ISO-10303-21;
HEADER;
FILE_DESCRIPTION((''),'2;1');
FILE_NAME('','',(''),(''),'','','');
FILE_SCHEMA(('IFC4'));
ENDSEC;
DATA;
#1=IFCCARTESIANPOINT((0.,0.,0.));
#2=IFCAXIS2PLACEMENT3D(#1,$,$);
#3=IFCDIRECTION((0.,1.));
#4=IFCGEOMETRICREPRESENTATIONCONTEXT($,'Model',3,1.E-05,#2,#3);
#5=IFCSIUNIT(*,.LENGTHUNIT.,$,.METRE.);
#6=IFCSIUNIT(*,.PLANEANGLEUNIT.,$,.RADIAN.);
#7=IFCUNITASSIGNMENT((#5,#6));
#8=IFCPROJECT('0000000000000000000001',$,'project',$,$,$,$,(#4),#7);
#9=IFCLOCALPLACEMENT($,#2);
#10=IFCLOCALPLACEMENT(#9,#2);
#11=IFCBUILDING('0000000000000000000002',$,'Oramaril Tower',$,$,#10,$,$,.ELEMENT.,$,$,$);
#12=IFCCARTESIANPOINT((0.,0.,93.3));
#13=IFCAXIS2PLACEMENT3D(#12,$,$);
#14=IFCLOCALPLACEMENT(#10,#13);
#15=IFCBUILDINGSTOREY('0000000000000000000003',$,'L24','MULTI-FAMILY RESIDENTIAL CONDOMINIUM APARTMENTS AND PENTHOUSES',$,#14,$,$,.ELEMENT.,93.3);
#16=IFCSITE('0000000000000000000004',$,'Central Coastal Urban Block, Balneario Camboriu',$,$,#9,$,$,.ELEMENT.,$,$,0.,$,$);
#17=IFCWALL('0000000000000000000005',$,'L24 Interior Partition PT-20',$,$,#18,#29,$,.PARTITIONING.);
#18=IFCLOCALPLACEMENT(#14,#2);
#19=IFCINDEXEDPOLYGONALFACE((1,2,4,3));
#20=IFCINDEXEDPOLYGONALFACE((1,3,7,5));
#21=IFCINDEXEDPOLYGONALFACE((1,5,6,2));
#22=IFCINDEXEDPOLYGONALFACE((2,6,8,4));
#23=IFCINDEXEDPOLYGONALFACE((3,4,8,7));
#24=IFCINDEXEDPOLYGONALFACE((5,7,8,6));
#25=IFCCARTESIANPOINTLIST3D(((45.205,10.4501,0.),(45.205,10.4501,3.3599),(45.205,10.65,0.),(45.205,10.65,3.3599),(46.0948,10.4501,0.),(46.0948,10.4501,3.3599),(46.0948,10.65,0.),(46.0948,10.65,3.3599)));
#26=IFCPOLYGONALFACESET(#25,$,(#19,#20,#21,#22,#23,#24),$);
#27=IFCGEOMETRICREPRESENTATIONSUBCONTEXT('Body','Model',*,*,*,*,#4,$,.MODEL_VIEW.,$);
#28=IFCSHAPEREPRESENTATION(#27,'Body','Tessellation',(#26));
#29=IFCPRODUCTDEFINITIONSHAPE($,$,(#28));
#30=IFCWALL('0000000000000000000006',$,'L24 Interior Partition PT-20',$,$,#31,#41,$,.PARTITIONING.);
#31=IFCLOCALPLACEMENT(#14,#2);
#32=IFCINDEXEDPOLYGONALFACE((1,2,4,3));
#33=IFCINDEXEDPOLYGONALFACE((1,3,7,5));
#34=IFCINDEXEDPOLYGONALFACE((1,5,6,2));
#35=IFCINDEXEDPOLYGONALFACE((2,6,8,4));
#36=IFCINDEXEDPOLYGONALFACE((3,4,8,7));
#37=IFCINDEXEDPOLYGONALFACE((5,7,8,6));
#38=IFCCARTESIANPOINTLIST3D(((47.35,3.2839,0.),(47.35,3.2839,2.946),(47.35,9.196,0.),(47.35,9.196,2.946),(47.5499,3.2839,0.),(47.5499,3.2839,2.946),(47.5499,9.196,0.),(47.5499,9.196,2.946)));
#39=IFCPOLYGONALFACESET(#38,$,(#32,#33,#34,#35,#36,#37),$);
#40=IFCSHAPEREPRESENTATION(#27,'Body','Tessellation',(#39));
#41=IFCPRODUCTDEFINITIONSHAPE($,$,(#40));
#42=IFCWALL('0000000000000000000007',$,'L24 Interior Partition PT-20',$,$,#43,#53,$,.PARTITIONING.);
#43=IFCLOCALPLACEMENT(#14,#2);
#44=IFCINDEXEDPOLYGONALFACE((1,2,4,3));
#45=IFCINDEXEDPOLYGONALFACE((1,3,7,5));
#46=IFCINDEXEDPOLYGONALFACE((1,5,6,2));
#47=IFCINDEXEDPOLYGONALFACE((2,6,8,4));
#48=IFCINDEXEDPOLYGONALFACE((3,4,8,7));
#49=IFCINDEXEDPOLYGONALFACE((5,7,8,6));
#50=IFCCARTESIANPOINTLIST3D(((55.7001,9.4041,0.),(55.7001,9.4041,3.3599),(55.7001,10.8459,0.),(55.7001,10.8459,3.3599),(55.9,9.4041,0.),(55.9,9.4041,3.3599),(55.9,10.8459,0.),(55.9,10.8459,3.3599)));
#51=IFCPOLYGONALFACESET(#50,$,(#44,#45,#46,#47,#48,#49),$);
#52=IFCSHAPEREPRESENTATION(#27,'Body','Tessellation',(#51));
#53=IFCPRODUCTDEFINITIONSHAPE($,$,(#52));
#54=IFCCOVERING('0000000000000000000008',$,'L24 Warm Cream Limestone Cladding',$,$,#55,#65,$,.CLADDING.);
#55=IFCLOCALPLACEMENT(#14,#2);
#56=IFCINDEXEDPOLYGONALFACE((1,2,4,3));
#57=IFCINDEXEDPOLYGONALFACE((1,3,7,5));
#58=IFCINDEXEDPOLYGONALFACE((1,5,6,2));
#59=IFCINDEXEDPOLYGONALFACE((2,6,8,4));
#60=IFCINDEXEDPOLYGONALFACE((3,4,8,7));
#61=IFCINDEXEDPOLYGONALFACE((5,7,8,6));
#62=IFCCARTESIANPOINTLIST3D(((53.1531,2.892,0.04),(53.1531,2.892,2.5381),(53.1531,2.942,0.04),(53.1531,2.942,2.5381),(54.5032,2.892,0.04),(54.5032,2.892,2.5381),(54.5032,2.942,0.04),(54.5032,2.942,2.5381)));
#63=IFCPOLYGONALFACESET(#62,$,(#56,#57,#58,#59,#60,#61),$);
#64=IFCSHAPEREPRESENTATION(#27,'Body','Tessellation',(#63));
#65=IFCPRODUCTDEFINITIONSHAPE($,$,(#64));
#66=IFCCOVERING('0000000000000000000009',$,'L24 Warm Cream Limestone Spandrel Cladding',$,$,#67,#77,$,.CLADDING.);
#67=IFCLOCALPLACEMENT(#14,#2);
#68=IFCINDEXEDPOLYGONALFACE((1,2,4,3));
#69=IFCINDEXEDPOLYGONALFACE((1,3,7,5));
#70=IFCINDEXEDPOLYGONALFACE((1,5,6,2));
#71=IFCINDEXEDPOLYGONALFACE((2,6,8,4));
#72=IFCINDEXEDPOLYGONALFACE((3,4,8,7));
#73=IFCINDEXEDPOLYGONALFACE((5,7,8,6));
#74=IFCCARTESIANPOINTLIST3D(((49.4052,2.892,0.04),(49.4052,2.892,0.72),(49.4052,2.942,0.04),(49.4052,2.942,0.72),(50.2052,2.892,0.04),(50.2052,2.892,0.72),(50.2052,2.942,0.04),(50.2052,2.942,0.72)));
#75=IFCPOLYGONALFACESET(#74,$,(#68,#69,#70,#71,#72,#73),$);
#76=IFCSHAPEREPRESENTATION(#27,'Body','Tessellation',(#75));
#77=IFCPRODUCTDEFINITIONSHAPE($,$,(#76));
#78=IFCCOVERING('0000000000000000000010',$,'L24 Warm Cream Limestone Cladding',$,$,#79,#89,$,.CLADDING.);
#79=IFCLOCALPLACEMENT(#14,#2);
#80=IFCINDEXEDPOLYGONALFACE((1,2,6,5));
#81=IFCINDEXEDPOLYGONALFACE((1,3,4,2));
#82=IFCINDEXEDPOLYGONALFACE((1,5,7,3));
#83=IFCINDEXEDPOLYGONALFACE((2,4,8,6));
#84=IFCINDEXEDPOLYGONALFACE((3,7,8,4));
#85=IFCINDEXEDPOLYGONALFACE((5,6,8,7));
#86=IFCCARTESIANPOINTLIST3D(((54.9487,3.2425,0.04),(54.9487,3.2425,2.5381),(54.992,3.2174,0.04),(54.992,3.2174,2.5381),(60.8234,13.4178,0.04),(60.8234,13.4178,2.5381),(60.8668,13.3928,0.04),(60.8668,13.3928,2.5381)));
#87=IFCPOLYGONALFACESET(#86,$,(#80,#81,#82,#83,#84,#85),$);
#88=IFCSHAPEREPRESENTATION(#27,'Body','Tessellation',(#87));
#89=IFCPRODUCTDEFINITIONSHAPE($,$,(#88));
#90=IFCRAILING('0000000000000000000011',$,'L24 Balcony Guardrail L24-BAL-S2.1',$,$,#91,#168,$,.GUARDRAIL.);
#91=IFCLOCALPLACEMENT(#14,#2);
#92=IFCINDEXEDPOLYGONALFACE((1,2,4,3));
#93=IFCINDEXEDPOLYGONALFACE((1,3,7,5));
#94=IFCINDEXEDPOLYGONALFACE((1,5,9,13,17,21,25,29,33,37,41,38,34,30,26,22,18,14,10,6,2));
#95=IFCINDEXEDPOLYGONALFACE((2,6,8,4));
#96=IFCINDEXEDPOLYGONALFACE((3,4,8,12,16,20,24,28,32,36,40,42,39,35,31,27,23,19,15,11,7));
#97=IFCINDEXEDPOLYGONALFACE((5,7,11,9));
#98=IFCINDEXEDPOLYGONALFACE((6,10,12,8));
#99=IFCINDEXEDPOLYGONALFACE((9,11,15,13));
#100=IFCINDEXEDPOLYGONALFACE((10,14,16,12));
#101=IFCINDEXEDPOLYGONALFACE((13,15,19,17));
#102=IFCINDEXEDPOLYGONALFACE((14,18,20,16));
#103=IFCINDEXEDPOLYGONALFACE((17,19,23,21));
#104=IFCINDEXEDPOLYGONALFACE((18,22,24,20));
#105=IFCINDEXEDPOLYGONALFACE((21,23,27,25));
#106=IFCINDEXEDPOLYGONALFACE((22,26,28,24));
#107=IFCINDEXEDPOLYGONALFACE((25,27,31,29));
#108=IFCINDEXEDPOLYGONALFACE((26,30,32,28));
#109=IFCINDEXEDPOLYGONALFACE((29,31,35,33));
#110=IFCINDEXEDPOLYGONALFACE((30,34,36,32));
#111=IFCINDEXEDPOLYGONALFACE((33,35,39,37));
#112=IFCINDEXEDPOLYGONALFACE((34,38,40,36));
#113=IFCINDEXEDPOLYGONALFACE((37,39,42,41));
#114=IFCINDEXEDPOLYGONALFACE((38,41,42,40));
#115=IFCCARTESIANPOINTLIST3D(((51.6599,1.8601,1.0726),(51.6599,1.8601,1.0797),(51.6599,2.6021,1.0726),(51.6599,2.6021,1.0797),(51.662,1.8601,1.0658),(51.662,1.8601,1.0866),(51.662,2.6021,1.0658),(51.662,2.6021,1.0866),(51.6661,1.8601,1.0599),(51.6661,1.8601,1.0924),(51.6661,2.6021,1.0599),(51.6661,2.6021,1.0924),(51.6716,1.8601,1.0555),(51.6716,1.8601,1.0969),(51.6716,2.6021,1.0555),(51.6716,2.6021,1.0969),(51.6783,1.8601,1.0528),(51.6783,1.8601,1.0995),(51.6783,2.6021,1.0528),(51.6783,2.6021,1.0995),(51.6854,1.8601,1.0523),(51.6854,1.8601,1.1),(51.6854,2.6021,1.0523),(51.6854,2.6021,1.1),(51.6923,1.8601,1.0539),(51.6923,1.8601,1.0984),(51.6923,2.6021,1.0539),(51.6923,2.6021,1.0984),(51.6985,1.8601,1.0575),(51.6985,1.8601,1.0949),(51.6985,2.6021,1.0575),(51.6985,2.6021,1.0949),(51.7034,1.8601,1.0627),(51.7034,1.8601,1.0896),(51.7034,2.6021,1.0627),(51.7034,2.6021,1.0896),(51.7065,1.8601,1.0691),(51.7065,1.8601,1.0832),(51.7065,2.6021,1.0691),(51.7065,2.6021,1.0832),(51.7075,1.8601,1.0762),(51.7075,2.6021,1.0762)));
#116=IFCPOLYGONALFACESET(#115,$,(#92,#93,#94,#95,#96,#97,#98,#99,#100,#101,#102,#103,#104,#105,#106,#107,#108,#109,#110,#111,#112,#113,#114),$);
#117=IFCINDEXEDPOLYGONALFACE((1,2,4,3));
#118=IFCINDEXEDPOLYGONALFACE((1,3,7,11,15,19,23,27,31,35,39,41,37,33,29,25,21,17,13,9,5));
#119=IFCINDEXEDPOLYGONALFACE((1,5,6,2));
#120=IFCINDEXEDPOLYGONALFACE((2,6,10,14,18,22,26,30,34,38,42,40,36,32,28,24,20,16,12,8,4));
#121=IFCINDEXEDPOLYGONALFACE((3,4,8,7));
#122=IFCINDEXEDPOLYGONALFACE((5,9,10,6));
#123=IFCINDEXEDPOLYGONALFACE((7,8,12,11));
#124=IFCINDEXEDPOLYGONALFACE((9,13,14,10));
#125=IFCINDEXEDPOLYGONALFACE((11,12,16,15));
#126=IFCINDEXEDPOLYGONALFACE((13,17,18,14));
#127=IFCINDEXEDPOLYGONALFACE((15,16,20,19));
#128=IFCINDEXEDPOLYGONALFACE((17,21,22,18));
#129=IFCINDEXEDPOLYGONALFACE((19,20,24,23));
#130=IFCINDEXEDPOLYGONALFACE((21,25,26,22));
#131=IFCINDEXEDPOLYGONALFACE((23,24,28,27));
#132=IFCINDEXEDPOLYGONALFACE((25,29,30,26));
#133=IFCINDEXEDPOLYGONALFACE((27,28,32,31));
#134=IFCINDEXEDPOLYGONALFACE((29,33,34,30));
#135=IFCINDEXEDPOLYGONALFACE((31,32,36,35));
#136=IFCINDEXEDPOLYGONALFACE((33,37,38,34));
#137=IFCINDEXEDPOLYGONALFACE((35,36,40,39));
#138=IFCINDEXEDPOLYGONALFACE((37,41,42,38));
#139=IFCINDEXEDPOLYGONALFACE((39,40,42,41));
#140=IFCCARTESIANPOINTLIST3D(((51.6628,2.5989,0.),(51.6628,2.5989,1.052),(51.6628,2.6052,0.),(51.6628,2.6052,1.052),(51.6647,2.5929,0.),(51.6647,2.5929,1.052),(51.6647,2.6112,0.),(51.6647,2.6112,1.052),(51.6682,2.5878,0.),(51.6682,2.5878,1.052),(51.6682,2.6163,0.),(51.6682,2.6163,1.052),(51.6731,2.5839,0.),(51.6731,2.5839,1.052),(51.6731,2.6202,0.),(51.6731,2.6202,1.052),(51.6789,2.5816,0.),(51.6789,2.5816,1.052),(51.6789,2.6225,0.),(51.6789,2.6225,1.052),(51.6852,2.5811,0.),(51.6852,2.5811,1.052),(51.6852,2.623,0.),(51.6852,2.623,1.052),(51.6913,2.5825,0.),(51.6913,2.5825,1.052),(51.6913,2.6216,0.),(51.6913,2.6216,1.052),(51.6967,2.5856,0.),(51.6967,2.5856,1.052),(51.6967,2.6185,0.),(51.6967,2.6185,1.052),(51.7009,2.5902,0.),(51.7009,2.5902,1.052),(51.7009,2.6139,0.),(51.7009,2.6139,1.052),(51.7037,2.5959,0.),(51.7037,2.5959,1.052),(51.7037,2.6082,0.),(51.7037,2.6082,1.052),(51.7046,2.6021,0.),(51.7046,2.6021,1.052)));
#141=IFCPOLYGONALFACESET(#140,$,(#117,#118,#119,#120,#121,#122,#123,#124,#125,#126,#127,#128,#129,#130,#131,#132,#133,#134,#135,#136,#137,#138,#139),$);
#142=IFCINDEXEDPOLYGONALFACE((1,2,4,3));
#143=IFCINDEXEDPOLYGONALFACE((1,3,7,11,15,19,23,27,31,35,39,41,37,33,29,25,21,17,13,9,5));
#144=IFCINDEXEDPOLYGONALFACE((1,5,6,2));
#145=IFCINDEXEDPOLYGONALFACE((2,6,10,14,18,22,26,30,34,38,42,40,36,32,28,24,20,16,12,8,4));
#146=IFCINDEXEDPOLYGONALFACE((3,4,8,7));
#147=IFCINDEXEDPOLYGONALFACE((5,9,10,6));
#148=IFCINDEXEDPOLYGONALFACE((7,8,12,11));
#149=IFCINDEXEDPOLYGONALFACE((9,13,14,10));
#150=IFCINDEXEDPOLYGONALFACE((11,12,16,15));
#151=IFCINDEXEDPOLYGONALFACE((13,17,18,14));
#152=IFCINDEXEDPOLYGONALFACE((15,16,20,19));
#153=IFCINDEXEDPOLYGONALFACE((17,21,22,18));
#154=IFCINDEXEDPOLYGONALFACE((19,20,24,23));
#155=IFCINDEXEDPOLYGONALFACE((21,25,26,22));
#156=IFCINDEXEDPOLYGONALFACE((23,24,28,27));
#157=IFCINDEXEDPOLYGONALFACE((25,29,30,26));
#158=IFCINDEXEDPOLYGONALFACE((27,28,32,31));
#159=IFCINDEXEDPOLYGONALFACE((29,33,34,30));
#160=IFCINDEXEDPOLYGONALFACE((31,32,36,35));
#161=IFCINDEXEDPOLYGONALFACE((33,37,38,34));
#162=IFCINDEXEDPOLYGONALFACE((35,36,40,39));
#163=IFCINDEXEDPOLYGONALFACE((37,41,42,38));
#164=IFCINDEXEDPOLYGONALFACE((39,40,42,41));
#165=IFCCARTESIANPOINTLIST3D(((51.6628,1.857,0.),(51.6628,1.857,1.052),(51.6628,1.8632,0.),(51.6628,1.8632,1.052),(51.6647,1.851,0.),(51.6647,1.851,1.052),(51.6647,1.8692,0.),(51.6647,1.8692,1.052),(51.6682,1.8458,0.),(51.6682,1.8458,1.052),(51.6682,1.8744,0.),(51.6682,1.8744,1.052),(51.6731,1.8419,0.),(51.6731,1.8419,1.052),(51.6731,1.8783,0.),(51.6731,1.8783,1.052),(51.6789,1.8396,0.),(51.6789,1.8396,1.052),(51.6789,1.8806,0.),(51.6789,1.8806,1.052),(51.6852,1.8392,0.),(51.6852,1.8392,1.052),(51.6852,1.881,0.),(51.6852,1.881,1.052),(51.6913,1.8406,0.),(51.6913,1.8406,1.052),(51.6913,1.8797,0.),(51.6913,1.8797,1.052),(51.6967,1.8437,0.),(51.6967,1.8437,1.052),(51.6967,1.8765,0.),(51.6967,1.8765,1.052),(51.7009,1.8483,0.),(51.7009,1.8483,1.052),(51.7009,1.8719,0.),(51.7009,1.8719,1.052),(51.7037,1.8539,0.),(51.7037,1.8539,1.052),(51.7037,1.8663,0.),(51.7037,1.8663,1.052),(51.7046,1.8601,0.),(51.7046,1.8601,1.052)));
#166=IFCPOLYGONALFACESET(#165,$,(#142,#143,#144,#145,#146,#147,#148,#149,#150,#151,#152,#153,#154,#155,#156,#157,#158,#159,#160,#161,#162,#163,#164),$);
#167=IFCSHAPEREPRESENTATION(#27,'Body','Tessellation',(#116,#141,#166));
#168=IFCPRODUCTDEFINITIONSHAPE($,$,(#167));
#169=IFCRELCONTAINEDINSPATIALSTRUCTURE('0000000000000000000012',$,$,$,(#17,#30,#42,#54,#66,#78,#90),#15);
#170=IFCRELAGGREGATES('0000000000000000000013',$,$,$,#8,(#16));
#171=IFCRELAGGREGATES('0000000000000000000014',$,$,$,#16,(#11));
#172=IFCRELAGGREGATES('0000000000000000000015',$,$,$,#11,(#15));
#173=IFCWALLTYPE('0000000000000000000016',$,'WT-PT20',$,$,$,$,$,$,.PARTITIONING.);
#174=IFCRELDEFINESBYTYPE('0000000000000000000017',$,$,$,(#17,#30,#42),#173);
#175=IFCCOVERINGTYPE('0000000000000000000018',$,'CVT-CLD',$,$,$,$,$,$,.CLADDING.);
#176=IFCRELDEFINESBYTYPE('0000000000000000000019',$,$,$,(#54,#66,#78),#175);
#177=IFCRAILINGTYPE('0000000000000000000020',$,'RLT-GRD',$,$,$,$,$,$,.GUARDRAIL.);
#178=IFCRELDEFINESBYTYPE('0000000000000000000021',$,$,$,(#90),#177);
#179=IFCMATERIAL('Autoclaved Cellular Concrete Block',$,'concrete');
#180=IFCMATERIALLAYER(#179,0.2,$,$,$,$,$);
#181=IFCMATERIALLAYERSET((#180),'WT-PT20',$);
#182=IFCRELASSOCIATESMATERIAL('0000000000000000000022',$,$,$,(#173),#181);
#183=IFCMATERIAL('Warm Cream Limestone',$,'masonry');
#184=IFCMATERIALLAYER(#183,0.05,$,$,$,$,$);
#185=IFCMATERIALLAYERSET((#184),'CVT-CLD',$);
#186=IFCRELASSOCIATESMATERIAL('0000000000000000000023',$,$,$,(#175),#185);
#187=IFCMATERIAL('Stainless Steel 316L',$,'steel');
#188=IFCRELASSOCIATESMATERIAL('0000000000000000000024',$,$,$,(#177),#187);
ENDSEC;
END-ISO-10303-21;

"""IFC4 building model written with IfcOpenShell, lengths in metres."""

from ifc_helpers import new_model, si_unit, direction, frame, frame_2d, origin, origin_2d, place, context, subcontext, project, spatial, rectangle, circle, extrude, material, layer, layer_set, type_object, element, save


model = new_model("IFC4")

# Units and contexts
model_context = context("Model", 3, precision=1e-05, world=origin(), true_north=direction((0.0, 1.0)))
body_context = subcontext(model_context, "Body", "Model", "MODEL_VIEW")
ifc_project = project(units=[si_unit("LENGTHUNIT", "METRE"), si_unit("PLANEANGLEUNIT", "RADIAN")], contexts=[model_context])

# Site, building, storey
site_placement = place(None, origin())
site = spatial("IfcSite", under=ifc_project, at=site_placement, Name="Central Coastal Urban Block, Balneario Camboriu", CompositionType="ELEMENT", RefElevation=0.0)
building_placement = place(site_placement, origin())
building = spatial("IfcBuilding", under=site, at=building_placement, Name="Oramaril Tower", CompositionType="ELEMENT")
storey_placement = place(building_placement, frame((0.0, 0.0, 93.3)))
storey = spatial("IfcBuildingStorey", under=building, at=storey_placement, Name="L24", Description="MULTI-FAMILY RESIDENTIAL CONDOMINIUM APARTMENTS AND PENTHOUSES", CompositionType="ELEMENT", Elevation=93.3)

# Walls
ifc_material_1 = material(Name="Autoclaved Cellular Concrete Block", Category="concrete")
ifc_layer_1 = layer(ifc_material_1, 0.2)
ifc_layer_set_1 = layer_set([ifc_layer_1], Name="WT-PT20")
wall_type_1 = type_object("IfcWallType", Name="WT-PT20", PredefinedType="PARTITIONING", material=ifc_layer_set_1)
wall_1_placement = place(storey_placement, frame((45.2051, 10.55, 0.0), z_axis=(0.0, 0.0, 1.0), x_axis=(1.0, 0.0, 0.0)))
element("IfcWall", 1, at=wall_1_placement, inside=storey, type_object=wall_type_1, Name="L24 Interior Partition PT-20", PredefinedType="PARTITIONING", context=body_context, shape_type="SweptSolid", body=[
    extrude(rectangle(XDim=0.8899, YDim=0.2, at=frame_2d((0.4448, 0.0))), origin(), (0.0, 0.0, 1.0), 3.3599),
])
wall_2_placement = place(storey_placement, frame((47.45, 3.2839, 0.0), z_axis=(0.0, 0.0, 1.0), x_axis=(0.0, 1.0, 0.0)))
element("IfcWall", 2, at=wall_2_placement, inside=storey, type_object=wall_type_1, Name="L24 Interior Partition PT-20", PredefinedType="PARTITIONING", context=body_context, shape_type="SweptSolid", body=[
    extrude(rectangle(XDim=5.9121, YDim=0.2, at=frame_2d((2.9561, 0.0))), origin(), (0.0, 0.0, 1.0), 2.946),
])
wall_3_placement = place(storey_placement, frame((55.8, 9.4041, 0.0), z_axis=(0.0, 0.0, 1.0), x_axis=(0.0, 1.0, 0.0)))
element("IfcWall", 3, at=wall_3_placement, inside=storey, type_object=wall_type_1, Name="L24 Interior Partition PT-20", PredefinedType="PARTITIONING", context=body_context, shape_type="SweptSolid", body=[
    extrude(rectangle(XDim=1.4419, YDim=0.2, at=frame_2d((0.7209, 0.0))), origin(), (0.0, 0.0, 1.0), 3.3599),
])

# Coverings
ifc_material_2 = material(Name="Warm Cream Limestone", Category="masonry")
ifc_layer_2 = layer(ifc_material_2, 0.05)
ifc_layer_set_2 = layer_set([ifc_layer_2], Name="CVT-CLD")
covering_type = type_object("IfcCoveringType", Name="CVT-CLD", PredefinedType="CLADDING", material=ifc_layer_set_2)
covering_1_placement = place(storey_placement, frame((53.8281, 2.917, 0.04), z_axis=(0.0, 0.0, 1.0), x_axis=(1.0, 0.0, 0.0)))
element("IfcCovering", 4, at=covering_1_placement, inside=storey, type_object=covering_type, Name="L24 Warm Cream Limestone Cladding", PredefinedType="CLADDING", context=body_context, shape_type="SweptSolid", body=[
    extrude(rectangle(XDim=1.3501, YDim=0.05, at=origin_2d()), origin(), (0.0, 0.0, 1.0), 2.498),
])
covering_2_placement = place(storey_placement, frame((49.8052, 2.917, 0.04), z_axis=(0.0, 0.0, 1.0), x_axis=(1.0, 0.0, 0.0)))
element("IfcCovering", 5, at=covering_2_placement, inside=storey, type_object=covering_type, Name="L24 Warm Cream Limestone Spandrel Cladding", PredefinedType="CLADDING", context=body_context, shape_type="SweptSolid", body=[
    extrude(rectangle(XDim=0.8, YDim=0.05, at=origin_2d()), origin(), (0.0, 0.0, 1.0), 0.6799),
])
covering_3_placement = place(storey_placement, frame((57.9077, 8.3176, 0.04), z_axis=(0.0, 0.0, 1.0), x_axis=(0.5, 0.866025, 0.0)))
element("IfcCovering", 6, at=covering_3_placement, inside=storey, type_object=covering_type, Name="L24 Warm Cream Limestone Cladding", PredefinedType="CLADDING", context=body_context, shape_type="SweptSolid", body=[
    extrude(rectangle(XDim=11.7495, YDim=0.05, at=origin_2d()), origin(), (0.0, 0.0, 1.0), 2.498),
])

# Railing
ifc_material_3 = material(Name="Stainless Steel 316L", Category="steel")
railing_type = type_object("IfcRailingType", Name="RLT-GRD", PredefinedType="GUARDRAIL", material=ifc_material_3)
railing_1_placement = place(storey_placement, frame((51.6836, 2.6021, 0.0)))
element("IfcRailing", 7, at=railing_1_placement, inside=storey, type_object=railing_type, Name="L24 Balcony Guardrail L24-BAL-S2.1", PredefinedType="GUARDRAIL", context=body_context, shape_type="SweptSolid", body=[
    extrude(circle(Radius=0.0239, at=origin_2d()), frame((0.0, 0.0, 1.0762), z_axis=(0.0, -1.0, 0.0), x_axis=(1.0, 0.0, 0.0)), (0.0, 0.0, 1.0), 0.7419),
    extrude(circle(Radius=0.021, at=origin_2d()), origin(), (0.0, 0.0, 1.0), 1.052),
    extrude(circle(Radius=0.021, at=origin_2d()), frame((0.0, -0.7419, 0.0)), (0.0, 0.0, 1.0), 1.052),
])

save(model, "model.ifc")
